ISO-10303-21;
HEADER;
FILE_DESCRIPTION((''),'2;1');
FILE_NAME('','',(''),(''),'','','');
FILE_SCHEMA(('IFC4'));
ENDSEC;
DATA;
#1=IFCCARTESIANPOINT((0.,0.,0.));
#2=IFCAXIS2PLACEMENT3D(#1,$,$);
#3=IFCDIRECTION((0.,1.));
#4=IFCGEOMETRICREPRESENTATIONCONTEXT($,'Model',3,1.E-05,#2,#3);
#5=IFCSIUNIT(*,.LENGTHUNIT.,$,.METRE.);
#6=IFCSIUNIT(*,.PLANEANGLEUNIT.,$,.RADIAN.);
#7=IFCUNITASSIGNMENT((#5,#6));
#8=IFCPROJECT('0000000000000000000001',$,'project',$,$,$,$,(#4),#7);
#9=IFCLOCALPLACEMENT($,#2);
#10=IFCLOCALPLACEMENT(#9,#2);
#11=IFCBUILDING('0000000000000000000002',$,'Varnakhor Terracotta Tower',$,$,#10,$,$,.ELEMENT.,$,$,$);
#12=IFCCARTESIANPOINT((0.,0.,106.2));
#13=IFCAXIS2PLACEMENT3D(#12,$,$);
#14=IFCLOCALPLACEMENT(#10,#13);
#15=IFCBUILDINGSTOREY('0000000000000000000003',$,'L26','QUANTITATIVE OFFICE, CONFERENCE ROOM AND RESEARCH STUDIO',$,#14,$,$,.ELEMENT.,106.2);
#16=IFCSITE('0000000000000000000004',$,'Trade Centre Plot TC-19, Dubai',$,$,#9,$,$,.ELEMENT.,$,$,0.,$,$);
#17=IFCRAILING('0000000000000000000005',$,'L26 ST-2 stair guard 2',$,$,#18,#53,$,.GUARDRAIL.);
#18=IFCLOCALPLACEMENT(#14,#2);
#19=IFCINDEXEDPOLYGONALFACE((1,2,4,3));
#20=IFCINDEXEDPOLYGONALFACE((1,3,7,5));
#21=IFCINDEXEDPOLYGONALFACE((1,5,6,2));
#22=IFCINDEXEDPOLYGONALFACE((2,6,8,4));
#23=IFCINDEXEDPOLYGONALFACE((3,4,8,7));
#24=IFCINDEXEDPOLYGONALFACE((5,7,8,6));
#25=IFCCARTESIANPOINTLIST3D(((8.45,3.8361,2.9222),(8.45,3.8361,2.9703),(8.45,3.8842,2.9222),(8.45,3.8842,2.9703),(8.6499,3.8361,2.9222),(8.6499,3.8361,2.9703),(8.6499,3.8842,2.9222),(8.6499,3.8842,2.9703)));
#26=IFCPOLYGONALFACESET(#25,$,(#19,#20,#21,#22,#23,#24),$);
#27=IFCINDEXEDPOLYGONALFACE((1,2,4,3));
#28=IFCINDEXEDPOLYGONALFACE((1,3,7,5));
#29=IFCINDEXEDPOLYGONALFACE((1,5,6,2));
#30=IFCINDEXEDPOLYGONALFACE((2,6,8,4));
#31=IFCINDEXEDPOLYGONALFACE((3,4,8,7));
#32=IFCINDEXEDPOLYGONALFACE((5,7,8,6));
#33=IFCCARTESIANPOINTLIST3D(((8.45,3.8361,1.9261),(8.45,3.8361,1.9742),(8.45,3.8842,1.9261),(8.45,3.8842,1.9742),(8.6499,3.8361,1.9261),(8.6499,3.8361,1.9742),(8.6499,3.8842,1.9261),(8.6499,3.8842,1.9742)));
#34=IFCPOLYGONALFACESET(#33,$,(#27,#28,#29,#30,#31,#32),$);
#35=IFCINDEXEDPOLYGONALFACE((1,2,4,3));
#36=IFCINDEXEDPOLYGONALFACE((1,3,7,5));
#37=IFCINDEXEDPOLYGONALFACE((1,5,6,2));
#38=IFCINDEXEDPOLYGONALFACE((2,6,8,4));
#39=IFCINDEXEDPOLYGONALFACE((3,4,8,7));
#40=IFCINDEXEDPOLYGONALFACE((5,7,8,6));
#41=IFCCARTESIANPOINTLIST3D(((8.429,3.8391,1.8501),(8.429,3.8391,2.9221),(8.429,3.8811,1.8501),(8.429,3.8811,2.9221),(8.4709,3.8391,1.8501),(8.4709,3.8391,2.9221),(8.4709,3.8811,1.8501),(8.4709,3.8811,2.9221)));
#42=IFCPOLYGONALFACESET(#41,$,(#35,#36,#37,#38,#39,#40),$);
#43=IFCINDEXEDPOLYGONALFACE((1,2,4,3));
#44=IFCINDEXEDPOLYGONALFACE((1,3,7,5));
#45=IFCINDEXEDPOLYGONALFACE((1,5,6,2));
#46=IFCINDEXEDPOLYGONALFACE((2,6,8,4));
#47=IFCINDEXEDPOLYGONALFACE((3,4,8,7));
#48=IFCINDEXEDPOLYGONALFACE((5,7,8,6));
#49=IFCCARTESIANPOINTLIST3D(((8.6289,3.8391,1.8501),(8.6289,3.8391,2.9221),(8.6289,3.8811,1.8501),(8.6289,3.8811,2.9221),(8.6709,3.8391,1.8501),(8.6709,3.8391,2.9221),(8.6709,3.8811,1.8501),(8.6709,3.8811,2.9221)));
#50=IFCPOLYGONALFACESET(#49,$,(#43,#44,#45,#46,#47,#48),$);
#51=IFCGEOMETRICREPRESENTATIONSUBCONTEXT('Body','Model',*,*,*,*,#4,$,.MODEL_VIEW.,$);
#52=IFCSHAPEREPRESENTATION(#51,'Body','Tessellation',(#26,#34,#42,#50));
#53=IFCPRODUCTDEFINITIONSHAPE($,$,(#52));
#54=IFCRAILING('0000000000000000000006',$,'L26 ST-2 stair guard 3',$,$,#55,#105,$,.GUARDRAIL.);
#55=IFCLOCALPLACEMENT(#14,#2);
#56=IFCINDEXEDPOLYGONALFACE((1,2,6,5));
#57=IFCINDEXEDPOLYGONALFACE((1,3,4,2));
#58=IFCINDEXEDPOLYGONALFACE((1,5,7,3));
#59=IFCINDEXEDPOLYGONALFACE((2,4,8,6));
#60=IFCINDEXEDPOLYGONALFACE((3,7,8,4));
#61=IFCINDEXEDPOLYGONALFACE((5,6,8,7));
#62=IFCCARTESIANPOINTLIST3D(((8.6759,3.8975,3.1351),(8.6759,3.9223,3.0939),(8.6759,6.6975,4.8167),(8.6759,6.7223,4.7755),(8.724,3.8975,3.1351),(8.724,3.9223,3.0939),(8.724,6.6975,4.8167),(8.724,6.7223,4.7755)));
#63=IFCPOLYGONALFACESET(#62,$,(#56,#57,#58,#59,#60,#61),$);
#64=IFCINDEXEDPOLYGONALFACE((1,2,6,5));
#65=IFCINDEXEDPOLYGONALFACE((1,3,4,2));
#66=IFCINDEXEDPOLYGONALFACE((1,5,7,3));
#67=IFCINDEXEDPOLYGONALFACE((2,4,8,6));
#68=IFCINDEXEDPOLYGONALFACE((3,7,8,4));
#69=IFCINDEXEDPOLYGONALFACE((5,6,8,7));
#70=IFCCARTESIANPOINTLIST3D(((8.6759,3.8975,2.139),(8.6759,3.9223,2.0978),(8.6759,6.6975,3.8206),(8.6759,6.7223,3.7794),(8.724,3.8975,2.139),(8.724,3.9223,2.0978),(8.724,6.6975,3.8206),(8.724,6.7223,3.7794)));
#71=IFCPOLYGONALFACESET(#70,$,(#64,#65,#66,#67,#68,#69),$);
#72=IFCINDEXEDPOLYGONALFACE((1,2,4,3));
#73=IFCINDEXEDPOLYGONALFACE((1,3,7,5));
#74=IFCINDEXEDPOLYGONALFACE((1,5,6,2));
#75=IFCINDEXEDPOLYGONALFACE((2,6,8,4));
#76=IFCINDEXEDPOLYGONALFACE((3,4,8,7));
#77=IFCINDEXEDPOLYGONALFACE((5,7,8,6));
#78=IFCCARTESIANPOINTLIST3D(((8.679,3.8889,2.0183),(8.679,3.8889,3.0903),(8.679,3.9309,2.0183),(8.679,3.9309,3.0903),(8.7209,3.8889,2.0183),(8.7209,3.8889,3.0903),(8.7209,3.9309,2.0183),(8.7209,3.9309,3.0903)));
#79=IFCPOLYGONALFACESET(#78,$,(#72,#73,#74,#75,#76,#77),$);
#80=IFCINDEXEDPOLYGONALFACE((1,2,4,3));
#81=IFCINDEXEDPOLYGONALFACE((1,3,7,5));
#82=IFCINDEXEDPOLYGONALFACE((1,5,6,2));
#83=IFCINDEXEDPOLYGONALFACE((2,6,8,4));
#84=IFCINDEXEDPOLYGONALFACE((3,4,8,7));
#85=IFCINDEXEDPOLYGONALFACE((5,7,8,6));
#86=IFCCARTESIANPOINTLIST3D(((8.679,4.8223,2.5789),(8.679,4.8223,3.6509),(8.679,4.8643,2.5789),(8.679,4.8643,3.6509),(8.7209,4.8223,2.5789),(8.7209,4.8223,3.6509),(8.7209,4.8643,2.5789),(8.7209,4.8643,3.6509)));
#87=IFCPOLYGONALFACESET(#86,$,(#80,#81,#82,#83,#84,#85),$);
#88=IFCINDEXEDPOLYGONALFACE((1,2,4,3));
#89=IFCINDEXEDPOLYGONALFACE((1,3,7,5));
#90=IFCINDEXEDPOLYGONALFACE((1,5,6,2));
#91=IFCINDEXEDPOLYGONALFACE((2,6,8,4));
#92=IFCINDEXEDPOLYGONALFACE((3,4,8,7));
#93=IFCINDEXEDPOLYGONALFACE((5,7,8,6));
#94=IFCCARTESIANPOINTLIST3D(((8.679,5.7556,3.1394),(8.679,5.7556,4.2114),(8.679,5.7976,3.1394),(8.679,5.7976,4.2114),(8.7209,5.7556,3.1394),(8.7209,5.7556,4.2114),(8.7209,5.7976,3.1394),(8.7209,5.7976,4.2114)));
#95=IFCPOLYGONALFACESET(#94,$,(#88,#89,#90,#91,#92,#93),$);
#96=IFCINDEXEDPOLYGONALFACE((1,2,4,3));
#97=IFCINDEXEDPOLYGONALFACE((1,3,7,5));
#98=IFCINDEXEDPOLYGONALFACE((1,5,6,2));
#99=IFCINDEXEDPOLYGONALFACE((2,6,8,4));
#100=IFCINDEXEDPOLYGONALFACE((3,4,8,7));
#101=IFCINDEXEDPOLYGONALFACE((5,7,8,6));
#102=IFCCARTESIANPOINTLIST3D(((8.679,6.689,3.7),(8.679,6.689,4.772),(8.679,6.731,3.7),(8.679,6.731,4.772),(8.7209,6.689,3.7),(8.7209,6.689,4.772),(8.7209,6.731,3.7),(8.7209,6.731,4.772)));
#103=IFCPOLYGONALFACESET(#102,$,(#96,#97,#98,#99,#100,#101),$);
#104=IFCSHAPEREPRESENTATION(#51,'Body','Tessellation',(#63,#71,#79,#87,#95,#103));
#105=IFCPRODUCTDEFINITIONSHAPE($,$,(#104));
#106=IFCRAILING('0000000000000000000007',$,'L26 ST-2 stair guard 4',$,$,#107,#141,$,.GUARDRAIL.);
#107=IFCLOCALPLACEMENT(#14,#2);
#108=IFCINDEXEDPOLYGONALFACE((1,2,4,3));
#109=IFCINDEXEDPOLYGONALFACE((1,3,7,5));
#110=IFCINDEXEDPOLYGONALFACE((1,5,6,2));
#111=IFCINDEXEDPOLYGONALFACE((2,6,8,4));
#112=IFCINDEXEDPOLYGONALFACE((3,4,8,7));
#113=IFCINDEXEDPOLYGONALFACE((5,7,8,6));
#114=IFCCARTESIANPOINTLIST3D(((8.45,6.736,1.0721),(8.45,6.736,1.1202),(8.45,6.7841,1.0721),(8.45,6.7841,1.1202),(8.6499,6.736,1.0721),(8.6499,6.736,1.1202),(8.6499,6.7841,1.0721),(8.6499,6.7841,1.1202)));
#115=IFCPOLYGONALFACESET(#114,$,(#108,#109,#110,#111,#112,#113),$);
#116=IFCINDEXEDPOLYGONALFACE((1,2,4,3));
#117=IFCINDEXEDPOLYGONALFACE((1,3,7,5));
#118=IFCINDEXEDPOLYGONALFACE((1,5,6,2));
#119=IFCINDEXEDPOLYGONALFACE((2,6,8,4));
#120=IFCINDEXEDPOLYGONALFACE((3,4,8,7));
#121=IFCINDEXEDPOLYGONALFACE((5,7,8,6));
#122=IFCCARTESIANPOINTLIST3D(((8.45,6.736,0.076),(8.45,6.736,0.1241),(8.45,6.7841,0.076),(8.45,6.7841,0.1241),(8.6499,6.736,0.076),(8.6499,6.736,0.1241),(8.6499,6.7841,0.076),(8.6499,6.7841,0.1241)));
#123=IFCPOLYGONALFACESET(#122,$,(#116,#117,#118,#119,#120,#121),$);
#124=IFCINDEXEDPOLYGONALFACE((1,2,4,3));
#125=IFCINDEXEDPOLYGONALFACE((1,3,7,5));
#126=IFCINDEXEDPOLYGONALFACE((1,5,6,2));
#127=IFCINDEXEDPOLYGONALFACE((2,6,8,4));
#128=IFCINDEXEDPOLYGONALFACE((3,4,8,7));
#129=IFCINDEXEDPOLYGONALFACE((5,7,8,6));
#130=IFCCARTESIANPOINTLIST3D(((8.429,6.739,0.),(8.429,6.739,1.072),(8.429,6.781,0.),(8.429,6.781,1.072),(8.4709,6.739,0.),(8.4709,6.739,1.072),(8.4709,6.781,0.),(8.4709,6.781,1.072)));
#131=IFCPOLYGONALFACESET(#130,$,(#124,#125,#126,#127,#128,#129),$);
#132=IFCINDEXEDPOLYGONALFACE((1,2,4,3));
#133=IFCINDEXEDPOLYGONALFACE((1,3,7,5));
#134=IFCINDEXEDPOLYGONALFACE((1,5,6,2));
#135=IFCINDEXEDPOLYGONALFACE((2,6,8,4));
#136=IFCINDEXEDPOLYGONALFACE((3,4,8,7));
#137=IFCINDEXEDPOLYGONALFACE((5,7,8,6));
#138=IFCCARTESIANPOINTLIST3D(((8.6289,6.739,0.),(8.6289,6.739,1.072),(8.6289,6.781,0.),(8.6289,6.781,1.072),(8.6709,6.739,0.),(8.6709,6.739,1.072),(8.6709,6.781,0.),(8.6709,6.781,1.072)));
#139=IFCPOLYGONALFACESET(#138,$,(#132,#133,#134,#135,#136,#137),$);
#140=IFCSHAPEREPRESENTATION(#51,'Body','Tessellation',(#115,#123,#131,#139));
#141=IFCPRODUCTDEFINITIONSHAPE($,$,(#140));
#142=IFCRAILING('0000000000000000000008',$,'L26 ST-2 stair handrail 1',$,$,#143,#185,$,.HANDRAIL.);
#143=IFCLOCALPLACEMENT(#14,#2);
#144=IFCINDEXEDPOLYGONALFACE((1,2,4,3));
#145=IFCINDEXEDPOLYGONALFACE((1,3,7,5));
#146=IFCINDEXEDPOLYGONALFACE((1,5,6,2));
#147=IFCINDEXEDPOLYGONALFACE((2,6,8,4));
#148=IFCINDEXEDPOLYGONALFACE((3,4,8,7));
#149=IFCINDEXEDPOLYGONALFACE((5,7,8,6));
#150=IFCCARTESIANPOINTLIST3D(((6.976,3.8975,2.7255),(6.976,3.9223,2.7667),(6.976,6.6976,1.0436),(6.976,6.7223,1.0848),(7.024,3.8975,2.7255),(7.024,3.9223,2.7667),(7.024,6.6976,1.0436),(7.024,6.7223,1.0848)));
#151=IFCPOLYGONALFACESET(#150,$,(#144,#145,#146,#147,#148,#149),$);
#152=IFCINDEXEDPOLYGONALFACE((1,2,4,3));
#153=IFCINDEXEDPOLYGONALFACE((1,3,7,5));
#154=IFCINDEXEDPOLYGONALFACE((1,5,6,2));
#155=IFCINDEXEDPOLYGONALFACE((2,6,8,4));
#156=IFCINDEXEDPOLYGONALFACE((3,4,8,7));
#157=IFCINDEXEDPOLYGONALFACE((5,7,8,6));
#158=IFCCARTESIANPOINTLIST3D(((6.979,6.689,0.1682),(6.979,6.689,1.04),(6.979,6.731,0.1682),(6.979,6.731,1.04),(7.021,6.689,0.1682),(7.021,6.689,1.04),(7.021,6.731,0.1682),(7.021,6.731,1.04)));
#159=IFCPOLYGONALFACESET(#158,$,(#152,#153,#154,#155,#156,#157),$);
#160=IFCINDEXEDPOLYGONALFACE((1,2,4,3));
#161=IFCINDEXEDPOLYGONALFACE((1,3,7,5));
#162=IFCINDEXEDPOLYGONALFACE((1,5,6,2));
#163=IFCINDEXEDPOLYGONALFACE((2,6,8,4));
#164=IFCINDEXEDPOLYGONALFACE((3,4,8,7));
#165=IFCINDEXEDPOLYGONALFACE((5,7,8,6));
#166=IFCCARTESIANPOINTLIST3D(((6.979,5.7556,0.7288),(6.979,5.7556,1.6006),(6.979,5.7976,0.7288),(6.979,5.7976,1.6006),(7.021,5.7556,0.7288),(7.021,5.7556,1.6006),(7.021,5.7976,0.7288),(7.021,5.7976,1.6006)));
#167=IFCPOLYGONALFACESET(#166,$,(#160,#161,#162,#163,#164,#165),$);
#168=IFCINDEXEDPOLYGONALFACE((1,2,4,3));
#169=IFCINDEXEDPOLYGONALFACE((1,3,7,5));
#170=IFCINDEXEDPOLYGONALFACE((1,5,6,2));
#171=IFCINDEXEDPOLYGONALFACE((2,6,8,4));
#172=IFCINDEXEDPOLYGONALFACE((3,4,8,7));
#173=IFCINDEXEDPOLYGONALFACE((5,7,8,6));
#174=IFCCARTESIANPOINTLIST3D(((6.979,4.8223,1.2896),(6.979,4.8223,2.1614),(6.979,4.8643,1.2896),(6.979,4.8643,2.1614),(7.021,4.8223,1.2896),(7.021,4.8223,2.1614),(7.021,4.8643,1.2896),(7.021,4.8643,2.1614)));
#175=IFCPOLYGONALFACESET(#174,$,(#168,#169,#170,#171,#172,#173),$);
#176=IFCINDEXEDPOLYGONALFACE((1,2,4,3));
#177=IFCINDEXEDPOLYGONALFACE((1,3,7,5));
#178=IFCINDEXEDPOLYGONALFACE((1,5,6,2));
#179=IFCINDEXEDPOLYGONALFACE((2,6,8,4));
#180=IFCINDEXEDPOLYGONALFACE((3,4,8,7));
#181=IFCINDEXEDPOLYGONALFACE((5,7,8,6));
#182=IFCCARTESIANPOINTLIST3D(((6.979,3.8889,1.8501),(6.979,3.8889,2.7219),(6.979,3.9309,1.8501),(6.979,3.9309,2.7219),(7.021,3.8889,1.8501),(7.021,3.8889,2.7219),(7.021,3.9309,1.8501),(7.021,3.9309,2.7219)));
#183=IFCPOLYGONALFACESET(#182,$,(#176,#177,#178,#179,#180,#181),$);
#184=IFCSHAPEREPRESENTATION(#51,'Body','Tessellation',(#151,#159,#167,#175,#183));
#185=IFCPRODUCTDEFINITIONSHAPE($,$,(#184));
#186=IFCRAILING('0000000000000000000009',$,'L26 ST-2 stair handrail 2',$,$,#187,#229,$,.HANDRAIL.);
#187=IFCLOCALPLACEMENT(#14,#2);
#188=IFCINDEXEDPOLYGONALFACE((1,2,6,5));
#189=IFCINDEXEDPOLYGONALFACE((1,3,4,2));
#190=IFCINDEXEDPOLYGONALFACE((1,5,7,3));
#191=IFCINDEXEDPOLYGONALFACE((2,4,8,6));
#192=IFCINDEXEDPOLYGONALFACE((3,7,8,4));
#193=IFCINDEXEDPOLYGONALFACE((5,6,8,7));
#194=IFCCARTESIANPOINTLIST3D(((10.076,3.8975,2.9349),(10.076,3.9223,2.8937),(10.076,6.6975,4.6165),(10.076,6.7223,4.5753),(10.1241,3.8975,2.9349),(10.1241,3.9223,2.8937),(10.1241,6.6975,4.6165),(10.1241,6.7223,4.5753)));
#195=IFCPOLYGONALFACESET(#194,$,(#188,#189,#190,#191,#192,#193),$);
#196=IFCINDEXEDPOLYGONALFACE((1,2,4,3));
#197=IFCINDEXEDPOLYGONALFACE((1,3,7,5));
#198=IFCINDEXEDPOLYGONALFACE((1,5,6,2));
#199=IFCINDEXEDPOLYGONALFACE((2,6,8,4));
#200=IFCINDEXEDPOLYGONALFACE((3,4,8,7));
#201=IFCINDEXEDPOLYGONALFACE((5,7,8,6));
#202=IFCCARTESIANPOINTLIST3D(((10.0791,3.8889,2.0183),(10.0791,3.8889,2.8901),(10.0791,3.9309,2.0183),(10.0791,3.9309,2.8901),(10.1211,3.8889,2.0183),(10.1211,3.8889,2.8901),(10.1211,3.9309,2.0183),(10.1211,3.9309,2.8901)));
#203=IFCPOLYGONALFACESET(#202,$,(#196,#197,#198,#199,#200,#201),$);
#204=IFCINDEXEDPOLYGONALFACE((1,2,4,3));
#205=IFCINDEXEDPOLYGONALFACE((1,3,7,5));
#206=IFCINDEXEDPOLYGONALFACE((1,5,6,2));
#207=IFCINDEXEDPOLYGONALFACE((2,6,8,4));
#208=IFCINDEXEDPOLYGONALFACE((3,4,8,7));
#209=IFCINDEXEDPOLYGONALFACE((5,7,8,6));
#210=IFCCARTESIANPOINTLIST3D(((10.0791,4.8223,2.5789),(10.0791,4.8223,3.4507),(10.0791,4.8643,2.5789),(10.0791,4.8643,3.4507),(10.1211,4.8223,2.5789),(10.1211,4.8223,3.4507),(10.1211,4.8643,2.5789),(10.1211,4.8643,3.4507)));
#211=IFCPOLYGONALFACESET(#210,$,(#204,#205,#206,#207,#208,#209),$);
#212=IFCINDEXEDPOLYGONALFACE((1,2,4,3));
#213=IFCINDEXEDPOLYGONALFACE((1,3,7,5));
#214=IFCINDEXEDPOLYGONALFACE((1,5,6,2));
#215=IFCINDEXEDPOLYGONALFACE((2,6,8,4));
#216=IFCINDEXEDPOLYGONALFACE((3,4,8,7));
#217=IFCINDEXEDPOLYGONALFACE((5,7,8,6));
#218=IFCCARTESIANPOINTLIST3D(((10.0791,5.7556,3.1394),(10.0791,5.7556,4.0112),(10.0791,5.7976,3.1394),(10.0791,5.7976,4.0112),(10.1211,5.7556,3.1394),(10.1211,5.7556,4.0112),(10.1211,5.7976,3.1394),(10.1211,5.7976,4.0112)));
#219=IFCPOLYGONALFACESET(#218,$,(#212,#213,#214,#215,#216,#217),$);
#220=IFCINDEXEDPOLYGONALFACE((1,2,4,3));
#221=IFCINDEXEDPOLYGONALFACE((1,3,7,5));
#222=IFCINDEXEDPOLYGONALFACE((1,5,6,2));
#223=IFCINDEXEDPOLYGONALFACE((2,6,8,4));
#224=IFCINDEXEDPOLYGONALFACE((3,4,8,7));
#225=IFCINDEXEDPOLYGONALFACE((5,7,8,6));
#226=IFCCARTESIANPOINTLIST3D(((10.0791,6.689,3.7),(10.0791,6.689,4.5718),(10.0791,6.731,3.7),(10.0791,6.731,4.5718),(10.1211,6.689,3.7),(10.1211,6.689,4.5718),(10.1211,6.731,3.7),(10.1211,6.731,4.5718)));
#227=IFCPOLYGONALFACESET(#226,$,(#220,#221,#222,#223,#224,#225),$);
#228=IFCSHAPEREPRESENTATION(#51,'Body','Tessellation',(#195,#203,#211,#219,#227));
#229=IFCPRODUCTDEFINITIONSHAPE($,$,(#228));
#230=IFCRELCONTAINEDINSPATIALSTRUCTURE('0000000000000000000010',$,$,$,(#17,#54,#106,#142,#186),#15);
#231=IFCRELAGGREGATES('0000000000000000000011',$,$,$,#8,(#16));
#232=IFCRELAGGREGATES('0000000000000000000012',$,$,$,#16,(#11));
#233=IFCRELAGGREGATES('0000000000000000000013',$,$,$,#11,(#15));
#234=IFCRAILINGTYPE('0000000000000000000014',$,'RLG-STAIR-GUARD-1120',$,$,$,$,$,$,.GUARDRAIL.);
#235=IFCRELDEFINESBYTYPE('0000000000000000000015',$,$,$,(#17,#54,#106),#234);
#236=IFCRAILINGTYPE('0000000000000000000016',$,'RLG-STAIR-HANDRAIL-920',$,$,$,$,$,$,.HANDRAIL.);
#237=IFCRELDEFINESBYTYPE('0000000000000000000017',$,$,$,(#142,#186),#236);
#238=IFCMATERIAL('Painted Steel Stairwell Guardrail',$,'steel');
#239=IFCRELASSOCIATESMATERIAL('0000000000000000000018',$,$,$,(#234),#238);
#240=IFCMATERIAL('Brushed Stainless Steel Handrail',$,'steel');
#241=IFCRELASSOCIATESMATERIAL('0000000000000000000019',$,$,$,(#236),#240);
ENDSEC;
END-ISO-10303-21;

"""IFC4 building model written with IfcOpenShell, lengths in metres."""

from ifc_helpers import new_model, si_unit, direction, frame, origin, origin_2d, place, context, subcontext, project, spatial, rectangle, extrude, material, type_object, element, save


model = new_model("IFC4")

# Units and contexts
model_context = context("Model", 3, precision=1e-05, world=origin(), true_north=direction((0.0, 1.0)))
body_context = subcontext(model_context, "Body", "Model", "MODEL_VIEW")
ifc_project = project(units=[si_unit("LENGTHUNIT", "METRE"), si_unit("PLANEANGLEUNIT", "RADIAN")], contexts=[model_context])

# Site, building, storey
site_placement = place(None, origin())
site = spatial("IfcSite", under=ifc_project, at=site_placement, Name="Trade Centre Plot TC-19, Dubai", CompositionType="ELEMENT", RefElevation=0.0)
building_placement = place(site_placement, origin())
building = spatial("IfcBuilding", under=site, at=building_placement, Name="Varnakhor Terracotta Tower", CompositionType="ELEMENT")
storey_placement = place(building_placement, frame((0.0, 0.0, 106.2)))
storey = spatial("IfcBuildingStorey", under=building, at=storey_placement, Name="L26", Description="QUANTITATIVE OFFICE, CONFERENCE ROOM AND RESEARCH STUDIO", CompositionType="ELEMENT", Elevation=106.2)

# Railings
ifc_material_1 = material(Name="Painted Steel Stairwell Guardrail", Category="steel")
railing_type_1 = type_object("IfcRailingType", Name="RLG-STAIR-GUARD-1120", PredefinedType="GUARDRAIL", material=ifc_material_1)
railing_1_placement = place(storey_placement, frame((8.45, 3.8601, 1.8501)))
element("IfcRailing", 1, at=railing_1_placement, inside=storey, type_object=railing_type_1, Name="L26 ST-2 stair guard 2", PredefinedType="GUARDRAIL", context=body_context, shape_type="SweptSolid", body=[
    extrude(rectangle(XDim=0.0481, YDim=0.0481, at=origin_2d()), frame((0.0, 0.0, 1.0962), z_axis=(1.0, 0.0, 0.0), x_axis=(0.0, 1.0, 0.0)), (0.0, 0.0, 1.0), 0.2),
    extrude(rectangle(XDim=0.0481, YDim=0.0481, at=origin_2d()), frame((0.0, 0.0, 0.1001), z_axis=(1.0, 0.0, 0.0), x_axis=(0.0, 1.0, 0.0)), (0.0, 0.0, 1.0), 0.2),
    extrude(rectangle(XDim=0.042, YDim=0.042, at=origin_2d()), origin(), (0.0, 0.0, 1.0), 1.072),
    extrude(rectangle(XDim=0.042, YDim=0.042, at=origin_2d()), frame((0.2, 0.0, 0.0)), (0.0, 0.0, 1.0), 1.072),
])
railing_2_placement = place(storey_placement, frame((8.7, 3.9099, 2.0183)))
element("IfcRailing", 2, at=railing_2_placement, inside=storey, type_object=railing_type_1, Name="L26 ST-2 stair guard 3", PredefinedType="GUARDRAIL", context=body_context, shape_type="SweptSolid", body=[
    extrude(rectangle(XDim=0.0481, YDim=0.0481, at=origin_2d()), frame((0.0, 0.0, 1.0962), z_axis=(0.0, 0.857275, 0.514858), x_axis=(-1.0, 0.0, 0.0)), (0.0, 0.0, 1.0), 3.2661),
    extrude(rectangle(XDim=0.0481, YDim=0.0481, at=origin_2d()), frame((0.0, 0.0, 0.1001), z_axis=(0.0, 0.857275, 0.514858), x_axis=(-1.0, 0.0, 0.0)), (0.0, 0.0, 1.0), 3.2661),
    extrude(rectangle(XDim=0.042, YDim=0.042, at=origin_2d()), origin(), (0.0, 0.0, 1.0), 1.072),
    extrude(rectangle(XDim=0.042, YDim=0.042, at=origin_2d()), frame((0.0, 0.9333, 0.5605)), (0.0, 0.0, 1.0), 1.072),
    extrude(rectangle(XDim=0.042, YDim=0.042, at=origin_2d()), frame((0.0, 1.8667, 1.1211)), (0.0, 0.0, 1.0), 1.072),
    extrude(rectangle(XDim=0.042, YDim=0.042, at=origin_2d()), frame((0.0, 2.8, 1.6816)), (0.0, 0.0, 1.0), 1.072),
])
railing_3_placement = place(storey_placement, frame((8.45, 6.76, 0.0)))
element("IfcRailing", 3, at=railing_3_placement, inside=storey, type_object=railing_type_1, Name="L26 ST-2 stair guard 4", PredefinedType="GUARDRAIL", context=body_context, shape_type="SweptSolid", body=[
    extrude(rectangle(XDim=0.0481, YDim=0.0481, at=origin_2d()), frame((0.0, 0.0, 1.0962), z_axis=(1.0, 0.0, 0.0), x_axis=(0.0, 1.0, 0.0)), (0.0, 0.0, 1.0), 0.2),
    extrude(rectangle(XDim=0.0481, YDim=0.0481, at=origin_2d()), frame((0.0, 0.0, 0.1001), z_axis=(1.0, 0.0, 0.0), x_axis=(0.0, 1.0, 0.0)), (0.0, 0.0, 1.0), 0.2),
    extrude(rectangle(XDim=0.042, YDim=0.042, at=origin_2d()), origin(), (0.0, 0.0, 1.0), 1.072),
    extrude(rectangle(XDim=0.042, YDim=0.042, at=origin_2d()), frame((0.2, 0.0, 0.0)), (0.0, 0.0, 1.0), 1.072),
])
ifc_material_2 = material(Name="Brushed Stainless Steel Handrail", Category="steel")
railing_type_2 = type_object("IfcRailingType", Name="RLG-STAIR-HANDRAIL-920", PredefinedType="HANDRAIL", material=ifc_material_2)
railing_4_placement = place(storey_placement, frame((7.0, 6.71, 0.1682)))
element("IfcRailing", 4, at=railing_4_placement, inside=storey, type_object=railing_type_2, Name="L26 ST-2 stair handrail 1", PredefinedType="HANDRAIL", context=body_context, shape_type="SweptSolid", body=[
    extrude(rectangle(XDim=0.0481, YDim=0.0481, at=origin_2d()), frame((0.0, 0.0, 0.896), z_axis=(0.0, -0.857242, 0.514913), x_axis=(1.0, 0.0, 0.0)), (0.0, 0.0, 1.0), 3.2664),
    extrude(rectangle(XDim=0.042, YDim=0.042, at=origin_2d()), origin(), (0.0, 0.0, 1.0), 0.8718),
    extrude(rectangle(XDim=0.042, YDim=0.042, at=origin_2d()), frame((0.0, -0.9333, 0.5605)), (0.0, 0.0, 1.0), 0.8718),
    extrude(rectangle(XDim=0.042, YDim=0.042, at=origin_2d()), frame((0.0, -1.8667, 1.1213)), (0.0, 0.0, 1.0), 0.8718),
    extrude(rectangle(XDim=0.042, YDim=0.042, at=origin_2d()), frame((0.0, -2.8, 1.6819)), (0.0, 0.0, 1.0), 0.8718),
])
railing_5_placement = place(storey_placement, frame((10.1001, 3.9099, 2.0183)))
element("IfcRailing", 5, at=railing_5_placement, inside=storey, type_object=railing_type_2, Name="L26 ST-2 stair handrail 2", PredefinedType="HANDRAIL", context=body_context, shape_type="SweptSolid", body=[
    extrude(rectangle(XDim=0.0481, YDim=0.0481, at=origin_2d()), frame((0.0, 0.0, 0.896), z_axis=(0.0, 0.857275, 0.514858), x_axis=(-1.0, 0.0, 0.0)), (0.0, 0.0, 1.0), 3.2661),
    extrude(rectangle(XDim=0.042, YDim=0.042, at=origin_2d()), origin(), (0.0, 0.0, 1.0), 0.8718),
    extrude(rectangle(XDim=0.042, YDim=0.042, at=origin_2d()), frame((0.0, 0.9333, 0.5605)), (0.0, 0.0, 1.0), 0.8718),
    extrude(rectangle(XDim=0.042, YDim=0.042, at=origin_2d()), frame((0.0, 1.8667, 1.1211)), (0.0, 0.0, 1.0), 0.8718),
    extrude(rectangle(XDim=0.042, YDim=0.042, at=origin_2d()), frame((0.0, 2.8, 1.6816)), (0.0, 0.0, 1.0), 0.8718),
])

save(model, "model.ifc")
